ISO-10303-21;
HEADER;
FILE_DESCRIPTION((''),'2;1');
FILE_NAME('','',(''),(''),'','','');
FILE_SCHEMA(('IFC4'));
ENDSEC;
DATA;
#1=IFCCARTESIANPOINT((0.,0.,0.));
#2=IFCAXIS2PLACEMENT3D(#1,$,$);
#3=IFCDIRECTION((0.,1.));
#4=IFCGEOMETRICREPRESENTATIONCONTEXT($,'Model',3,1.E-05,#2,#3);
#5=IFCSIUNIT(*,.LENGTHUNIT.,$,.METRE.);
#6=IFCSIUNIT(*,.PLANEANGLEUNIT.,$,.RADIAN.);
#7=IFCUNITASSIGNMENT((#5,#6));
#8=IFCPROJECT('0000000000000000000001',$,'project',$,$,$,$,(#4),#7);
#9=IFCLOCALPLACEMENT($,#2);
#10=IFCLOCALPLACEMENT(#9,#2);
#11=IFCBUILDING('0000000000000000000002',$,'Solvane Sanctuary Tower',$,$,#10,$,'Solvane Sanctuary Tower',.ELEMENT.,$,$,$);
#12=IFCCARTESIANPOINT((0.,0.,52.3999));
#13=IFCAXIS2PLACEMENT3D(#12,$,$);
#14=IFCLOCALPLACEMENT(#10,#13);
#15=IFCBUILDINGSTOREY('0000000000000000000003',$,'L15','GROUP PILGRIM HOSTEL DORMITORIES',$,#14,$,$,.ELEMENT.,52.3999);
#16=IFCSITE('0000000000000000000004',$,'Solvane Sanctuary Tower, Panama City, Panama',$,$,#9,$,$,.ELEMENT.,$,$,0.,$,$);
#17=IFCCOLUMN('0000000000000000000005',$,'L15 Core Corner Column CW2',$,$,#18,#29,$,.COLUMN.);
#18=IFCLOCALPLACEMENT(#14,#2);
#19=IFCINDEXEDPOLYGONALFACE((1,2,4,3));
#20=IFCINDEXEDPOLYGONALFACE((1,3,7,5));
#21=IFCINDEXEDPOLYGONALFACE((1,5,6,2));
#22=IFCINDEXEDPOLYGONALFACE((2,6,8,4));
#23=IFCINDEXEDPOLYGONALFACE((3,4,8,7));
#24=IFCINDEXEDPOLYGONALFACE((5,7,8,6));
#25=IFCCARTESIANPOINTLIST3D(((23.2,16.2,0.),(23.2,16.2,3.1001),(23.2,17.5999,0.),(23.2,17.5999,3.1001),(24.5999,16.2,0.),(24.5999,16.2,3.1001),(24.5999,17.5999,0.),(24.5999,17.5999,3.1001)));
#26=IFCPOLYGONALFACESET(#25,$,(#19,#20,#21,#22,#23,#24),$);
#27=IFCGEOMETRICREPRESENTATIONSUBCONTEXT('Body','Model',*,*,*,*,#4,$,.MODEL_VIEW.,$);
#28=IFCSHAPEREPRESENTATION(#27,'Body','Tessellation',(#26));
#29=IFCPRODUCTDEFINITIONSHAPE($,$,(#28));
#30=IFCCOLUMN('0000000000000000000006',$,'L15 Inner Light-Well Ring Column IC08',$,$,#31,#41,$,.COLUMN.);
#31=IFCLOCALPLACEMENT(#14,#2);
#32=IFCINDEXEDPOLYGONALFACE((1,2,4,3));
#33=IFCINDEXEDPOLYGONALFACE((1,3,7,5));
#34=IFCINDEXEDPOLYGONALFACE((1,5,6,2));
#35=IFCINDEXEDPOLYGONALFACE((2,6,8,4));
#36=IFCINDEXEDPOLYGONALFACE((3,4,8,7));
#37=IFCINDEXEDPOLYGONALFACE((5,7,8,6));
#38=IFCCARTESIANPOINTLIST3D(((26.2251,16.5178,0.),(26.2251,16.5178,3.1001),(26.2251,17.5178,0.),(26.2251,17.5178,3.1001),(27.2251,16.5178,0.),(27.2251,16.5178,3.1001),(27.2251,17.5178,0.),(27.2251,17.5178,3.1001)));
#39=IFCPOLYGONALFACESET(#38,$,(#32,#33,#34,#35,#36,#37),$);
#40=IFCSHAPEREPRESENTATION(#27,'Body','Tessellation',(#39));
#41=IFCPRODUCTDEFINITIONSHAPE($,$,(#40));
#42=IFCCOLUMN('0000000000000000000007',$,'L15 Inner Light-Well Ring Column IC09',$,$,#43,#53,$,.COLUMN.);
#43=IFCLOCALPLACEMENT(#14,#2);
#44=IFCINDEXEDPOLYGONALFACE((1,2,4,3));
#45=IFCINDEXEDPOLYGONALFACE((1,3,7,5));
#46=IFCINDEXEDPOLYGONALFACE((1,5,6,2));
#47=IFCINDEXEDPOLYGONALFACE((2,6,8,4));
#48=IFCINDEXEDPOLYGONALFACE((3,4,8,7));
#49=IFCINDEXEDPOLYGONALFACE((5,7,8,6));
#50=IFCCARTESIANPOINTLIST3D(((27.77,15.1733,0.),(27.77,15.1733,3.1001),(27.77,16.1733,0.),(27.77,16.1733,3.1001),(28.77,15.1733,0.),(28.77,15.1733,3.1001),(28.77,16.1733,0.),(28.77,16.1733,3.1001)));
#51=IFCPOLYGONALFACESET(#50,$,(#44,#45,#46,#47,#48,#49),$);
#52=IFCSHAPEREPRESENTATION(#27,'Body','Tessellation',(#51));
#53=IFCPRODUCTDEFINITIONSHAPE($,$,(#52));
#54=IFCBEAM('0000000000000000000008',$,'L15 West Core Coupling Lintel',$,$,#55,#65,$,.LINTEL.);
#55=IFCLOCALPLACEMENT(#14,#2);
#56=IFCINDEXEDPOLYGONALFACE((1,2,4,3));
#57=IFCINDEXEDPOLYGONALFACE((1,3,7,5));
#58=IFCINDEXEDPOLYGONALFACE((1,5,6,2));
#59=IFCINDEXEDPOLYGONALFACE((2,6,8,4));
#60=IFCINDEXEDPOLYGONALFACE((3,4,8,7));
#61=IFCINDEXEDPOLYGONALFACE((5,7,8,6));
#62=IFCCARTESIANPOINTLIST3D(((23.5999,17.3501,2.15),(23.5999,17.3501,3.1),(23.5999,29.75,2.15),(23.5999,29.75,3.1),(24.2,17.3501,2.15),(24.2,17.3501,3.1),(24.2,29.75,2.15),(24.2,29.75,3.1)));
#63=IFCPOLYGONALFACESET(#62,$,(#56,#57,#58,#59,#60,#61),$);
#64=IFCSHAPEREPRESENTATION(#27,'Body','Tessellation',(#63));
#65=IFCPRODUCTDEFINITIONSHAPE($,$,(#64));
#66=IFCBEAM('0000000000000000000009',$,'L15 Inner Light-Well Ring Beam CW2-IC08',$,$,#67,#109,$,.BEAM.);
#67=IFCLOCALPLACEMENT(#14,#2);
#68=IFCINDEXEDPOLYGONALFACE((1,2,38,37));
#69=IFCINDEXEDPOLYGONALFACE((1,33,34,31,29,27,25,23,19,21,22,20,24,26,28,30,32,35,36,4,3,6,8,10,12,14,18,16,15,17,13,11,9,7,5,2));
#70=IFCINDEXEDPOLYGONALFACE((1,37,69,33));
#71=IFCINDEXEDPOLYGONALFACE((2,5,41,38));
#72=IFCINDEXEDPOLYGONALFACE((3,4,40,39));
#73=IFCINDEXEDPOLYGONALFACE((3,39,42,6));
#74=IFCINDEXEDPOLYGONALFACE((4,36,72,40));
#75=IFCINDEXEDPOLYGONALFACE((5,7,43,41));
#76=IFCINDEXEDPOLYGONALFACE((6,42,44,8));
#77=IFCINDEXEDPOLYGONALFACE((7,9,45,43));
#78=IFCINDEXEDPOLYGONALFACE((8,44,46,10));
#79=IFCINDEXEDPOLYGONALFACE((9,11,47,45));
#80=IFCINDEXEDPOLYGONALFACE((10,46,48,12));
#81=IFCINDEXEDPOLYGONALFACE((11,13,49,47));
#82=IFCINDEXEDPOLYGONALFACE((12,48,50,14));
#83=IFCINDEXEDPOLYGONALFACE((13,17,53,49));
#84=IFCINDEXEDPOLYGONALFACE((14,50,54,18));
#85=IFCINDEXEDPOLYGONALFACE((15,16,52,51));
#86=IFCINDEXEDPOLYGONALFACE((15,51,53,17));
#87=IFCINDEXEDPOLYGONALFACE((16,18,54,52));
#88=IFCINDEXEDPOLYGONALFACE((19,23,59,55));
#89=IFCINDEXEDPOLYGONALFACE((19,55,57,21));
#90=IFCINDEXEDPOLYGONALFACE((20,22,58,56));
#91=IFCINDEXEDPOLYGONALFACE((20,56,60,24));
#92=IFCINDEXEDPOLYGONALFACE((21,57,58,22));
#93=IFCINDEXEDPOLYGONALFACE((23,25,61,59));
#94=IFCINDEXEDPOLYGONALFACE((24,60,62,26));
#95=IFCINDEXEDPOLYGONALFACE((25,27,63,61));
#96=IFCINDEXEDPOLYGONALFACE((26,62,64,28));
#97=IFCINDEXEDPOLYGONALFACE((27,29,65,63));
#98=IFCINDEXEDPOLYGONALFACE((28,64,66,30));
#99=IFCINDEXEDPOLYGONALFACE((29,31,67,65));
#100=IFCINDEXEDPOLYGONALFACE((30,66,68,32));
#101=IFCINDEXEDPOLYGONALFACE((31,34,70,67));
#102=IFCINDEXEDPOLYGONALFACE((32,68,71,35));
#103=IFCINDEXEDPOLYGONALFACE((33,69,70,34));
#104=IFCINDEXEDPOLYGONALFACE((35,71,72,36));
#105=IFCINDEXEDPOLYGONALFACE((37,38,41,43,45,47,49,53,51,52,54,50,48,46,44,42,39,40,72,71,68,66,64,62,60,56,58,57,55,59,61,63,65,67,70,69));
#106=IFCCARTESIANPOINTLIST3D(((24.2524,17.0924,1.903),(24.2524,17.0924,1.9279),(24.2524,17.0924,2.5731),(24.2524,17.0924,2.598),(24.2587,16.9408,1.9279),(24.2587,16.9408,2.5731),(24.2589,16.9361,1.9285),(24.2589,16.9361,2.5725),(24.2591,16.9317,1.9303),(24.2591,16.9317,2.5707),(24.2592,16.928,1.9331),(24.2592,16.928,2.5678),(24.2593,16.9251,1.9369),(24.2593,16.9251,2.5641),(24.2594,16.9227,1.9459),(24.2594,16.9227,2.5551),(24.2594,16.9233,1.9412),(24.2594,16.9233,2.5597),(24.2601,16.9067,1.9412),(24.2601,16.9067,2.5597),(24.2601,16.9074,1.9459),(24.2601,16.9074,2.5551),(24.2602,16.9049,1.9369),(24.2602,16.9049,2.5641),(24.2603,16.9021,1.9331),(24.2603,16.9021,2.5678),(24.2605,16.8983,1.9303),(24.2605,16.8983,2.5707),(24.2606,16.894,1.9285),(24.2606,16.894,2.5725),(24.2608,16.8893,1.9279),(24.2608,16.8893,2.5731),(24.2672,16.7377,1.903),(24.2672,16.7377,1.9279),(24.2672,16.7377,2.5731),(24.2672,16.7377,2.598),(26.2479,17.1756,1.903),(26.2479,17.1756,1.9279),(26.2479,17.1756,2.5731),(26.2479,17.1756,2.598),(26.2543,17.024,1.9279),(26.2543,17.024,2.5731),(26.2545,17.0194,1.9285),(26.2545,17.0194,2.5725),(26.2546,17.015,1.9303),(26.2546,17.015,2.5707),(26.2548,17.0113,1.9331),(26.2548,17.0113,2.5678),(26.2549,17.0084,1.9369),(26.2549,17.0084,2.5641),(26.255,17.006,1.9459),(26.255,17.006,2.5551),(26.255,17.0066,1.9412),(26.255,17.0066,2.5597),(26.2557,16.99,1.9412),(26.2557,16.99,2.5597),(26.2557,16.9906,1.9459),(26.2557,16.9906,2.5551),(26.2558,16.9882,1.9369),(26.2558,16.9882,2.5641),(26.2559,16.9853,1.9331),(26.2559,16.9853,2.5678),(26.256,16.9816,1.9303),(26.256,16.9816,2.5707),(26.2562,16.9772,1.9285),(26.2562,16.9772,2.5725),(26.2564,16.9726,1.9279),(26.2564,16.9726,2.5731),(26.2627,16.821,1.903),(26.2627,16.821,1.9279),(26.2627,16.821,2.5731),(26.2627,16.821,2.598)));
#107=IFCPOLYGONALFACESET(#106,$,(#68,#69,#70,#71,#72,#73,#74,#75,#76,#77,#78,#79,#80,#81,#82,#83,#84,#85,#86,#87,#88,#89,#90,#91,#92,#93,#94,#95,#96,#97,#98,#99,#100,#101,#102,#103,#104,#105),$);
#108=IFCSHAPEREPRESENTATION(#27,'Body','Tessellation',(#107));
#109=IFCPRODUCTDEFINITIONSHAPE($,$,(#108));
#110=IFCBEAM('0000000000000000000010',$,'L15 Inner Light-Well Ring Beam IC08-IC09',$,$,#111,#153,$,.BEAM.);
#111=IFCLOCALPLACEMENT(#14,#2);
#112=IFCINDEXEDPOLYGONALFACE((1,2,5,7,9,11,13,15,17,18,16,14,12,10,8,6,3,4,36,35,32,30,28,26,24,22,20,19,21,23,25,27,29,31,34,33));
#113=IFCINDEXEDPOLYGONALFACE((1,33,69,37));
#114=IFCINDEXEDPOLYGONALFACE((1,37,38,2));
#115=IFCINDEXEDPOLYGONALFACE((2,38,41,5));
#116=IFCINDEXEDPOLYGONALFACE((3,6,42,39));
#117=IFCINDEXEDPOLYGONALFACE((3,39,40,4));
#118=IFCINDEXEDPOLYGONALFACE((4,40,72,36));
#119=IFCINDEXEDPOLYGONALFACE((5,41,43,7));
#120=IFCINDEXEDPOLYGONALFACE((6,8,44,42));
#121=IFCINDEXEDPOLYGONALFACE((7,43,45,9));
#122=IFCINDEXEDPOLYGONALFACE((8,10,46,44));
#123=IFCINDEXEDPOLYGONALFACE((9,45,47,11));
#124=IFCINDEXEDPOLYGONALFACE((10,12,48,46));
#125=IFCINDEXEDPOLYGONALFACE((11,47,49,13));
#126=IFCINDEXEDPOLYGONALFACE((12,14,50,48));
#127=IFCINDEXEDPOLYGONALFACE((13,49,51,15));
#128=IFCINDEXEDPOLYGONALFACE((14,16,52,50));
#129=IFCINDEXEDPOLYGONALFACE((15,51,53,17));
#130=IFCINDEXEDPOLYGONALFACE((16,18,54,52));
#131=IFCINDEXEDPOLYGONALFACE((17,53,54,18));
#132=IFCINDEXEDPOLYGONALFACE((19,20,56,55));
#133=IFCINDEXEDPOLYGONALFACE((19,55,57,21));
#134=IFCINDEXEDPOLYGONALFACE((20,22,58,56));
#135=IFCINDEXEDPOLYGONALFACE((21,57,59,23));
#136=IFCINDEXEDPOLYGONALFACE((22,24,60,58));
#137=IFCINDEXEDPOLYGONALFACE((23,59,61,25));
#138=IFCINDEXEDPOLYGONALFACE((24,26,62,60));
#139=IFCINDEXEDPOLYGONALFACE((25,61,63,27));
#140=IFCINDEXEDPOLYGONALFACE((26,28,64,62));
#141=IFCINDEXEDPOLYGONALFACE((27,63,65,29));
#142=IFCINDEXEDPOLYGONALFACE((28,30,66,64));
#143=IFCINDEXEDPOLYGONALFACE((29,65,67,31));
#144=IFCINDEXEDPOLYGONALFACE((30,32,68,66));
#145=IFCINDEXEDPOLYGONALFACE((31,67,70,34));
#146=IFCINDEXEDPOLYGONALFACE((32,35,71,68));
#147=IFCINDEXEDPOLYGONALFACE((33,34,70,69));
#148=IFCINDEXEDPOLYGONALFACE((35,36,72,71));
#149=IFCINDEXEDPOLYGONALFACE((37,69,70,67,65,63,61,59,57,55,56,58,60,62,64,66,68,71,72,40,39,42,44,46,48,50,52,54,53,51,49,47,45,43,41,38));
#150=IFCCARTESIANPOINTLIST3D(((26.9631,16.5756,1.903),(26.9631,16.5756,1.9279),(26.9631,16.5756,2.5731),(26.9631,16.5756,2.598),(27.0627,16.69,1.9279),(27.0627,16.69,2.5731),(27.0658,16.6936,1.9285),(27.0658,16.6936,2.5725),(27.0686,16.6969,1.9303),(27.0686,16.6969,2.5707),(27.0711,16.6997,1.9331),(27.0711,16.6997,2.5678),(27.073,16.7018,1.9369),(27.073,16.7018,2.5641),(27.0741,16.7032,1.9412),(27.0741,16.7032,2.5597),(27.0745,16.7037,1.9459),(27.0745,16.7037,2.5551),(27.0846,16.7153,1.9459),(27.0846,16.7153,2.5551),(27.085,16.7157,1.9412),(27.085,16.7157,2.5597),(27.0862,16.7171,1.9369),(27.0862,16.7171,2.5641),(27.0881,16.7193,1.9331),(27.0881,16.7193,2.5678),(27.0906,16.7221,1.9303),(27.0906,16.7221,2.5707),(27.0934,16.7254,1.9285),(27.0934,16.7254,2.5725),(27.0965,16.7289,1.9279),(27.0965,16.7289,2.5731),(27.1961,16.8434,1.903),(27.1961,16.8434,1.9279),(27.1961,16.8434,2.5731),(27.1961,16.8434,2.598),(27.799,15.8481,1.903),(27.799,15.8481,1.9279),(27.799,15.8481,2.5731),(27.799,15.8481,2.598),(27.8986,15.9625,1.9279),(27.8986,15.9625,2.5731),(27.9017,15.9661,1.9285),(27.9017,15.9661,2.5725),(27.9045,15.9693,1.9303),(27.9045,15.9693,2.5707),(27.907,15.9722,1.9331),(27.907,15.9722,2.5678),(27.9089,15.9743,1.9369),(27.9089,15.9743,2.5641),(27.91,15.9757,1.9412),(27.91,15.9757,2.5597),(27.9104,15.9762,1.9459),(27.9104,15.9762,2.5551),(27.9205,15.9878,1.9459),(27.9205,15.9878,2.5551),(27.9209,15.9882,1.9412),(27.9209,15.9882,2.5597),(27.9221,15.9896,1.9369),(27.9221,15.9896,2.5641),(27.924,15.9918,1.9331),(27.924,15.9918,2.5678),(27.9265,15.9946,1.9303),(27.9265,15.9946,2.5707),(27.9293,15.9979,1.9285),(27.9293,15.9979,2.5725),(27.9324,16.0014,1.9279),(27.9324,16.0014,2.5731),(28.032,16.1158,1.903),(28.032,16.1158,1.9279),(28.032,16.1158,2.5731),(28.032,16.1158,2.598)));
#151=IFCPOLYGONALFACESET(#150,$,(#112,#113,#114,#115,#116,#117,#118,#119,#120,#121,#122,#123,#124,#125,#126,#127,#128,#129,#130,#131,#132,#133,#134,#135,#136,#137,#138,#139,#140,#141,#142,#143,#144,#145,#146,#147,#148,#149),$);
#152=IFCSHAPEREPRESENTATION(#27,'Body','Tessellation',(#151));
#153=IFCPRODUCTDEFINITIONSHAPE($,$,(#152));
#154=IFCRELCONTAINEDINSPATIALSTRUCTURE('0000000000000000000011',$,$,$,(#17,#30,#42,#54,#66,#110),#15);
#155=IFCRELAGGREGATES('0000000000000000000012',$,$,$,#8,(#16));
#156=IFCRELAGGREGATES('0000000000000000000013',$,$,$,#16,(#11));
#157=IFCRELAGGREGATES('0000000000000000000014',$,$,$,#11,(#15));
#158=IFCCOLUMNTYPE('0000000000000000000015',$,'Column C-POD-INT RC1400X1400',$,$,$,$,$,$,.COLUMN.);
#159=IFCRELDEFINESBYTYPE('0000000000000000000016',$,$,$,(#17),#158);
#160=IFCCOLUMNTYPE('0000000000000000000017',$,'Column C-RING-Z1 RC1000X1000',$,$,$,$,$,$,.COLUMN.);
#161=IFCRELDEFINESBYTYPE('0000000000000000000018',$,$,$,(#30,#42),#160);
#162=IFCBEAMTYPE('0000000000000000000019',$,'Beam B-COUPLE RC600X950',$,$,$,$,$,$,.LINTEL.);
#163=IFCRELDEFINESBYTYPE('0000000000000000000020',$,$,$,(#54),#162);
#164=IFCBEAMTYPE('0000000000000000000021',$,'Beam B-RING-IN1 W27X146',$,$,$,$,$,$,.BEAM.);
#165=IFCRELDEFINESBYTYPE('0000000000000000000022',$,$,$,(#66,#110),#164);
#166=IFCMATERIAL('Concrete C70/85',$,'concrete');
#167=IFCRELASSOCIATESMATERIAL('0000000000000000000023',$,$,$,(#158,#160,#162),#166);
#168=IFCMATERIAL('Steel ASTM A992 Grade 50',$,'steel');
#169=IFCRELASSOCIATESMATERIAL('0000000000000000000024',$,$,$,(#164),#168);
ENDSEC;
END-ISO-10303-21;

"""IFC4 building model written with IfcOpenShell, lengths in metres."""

from ifc_helpers import new_model, si_unit, direction, frame, origin, origin_2d, place, context, subcontext, project, spatial, rectangle, i_section, extrude, material, material_profile, profile_set, type_object, element, save


model = new_model("IFC4")

# Units and contexts
model_context = context("Model", 3, precision=1e-05, world=origin(), true_north=direction((0.0, 1.0)))
body_context = subcontext(model_context, "Body", "Model", "MODEL_VIEW")
ifc_project = project(units=[si_unit("LENGTHUNIT", "METRE"), si_unit("PLANEANGLEUNIT", "RADIAN")], contexts=[model_context])

# Site, building, storey
site_placement = place(None, origin())
site = spatial("IfcSite", under=ifc_project, at=site_placement, Name="Solvane Sanctuary Tower, Panama City, Panama", CompositionType="ELEMENT", RefElevation=0.0)
building_placement = place(site_placement, origin())
building = spatial("IfcBuilding", under=site, at=building_placement, Name="Solvane Sanctuary Tower", LongName="Solvane Sanctuary Tower", CompositionType="ELEMENT")
storey_placement = place(building_placement, frame((0.0, 0.0, 52.3999)))
storey = spatial("IfcBuildingStorey", under=building, at=storey_placement, Name="L15", Description="GROUP PILGRIM HOSTEL DORMITORIES", CompositionType="ELEMENT", Elevation=52.3999)

# Columns
ifc_material_1 = material(Name="Concrete C70/85", Category="concrete")
ifc_material_profile_1 = material_profile(ifc_material_1, rectangle(XDim=1.3999, YDim=1.3999, at=origin_2d()), Name="RC1400X1400")
ifc_profile_set_1 = profile_set([ifc_material_profile_1], Name="Concrete C70/85")
column_type_1 = type_object("IfcColumnType", Name="Column C-POD-INT RC1400X1400", PredefinedType="COLUMN", material=ifc_profile_set_1)
column_placement = place(storey_placement, frame((23.8999, 16.8999, 0.0), z_axis=(0.0, 0.0, 1.0), x_axis=(1.0, 0.0, 0.0)))
element("IfcColumn", 1, at=column_placement, inside=storey, type_object=column_type_1, Name="L15 Core Corner Column CW2", PredefinedType="COLUMN", context=body_context, shape_type="SweptSolid", body=[
    extrude(rectangle(XDim=1.3999, YDim=1.3999, at=origin_2d()), origin(), (0.0, 0.0, 1.0), 3.1001),
])
ifc_material_profile_2 = material_profile(ifc_material_1, rectangle(XDim=1.0, YDim=1.0, at=origin_2d()), Name="RC1000X1000")
ifc_profile_set_2 = profile_set([ifc_material_profile_2], Name="Concrete C70/85")
column_type_2 = type_object("IfcColumnType", Name="Column C-RING-Z1 RC1000X1000", PredefinedType="COLUMN", material=ifc_profile_set_2)
for number, where, z_axis, x_axis, name in (
    (2, (26.7251, 17.0178, 0.0), (0.0, 0.0, 1.0), (1.0, 0.0, 0.0), "L15 Inner Light-Well Ring Column IC08"),
    (3, (28.27, 15.6733, 0.0), (0.0, 0.0, 1.0), (1.0, 0.0, 0.0), "L15 Inner Light-Well Ring Column IC09"),
):
    element("IfcColumn", number, at=place(storey_placement, frame(where, z_axis=z_axis, x_axis=x_axis)), inside=storey, type_object=column_type_2, Name=name, PredefinedType="COLUMN", context=body_context, shape_type="SweptSolid", body=[
        extrude(rectangle(XDim=1.0, YDim=1.0, at=origin_2d()), origin(), (0.0, 0.0, 1.0), 3.1001),
    ])

# Beams
ifc_material_profile_3 = material_profile(ifc_material_1, rectangle(XDim=0.6001, YDim=0.95, at=origin_2d()), Name="RC600X950")
ifc_profile_set_3 = profile_set([ifc_material_profile_3], Name="Concrete C70/85")
beam_type_1 = type_object("IfcBeamType", Name="Beam B-COUPLE RC600X950", PredefinedType="LINTEL", material=ifc_profile_set_3)
beam_1_placement = place(storey_placement, frame((23.8999, 17.3501, 2.625), z_axis=(0.0, 1.0, 0.0), x_axis=(-1.0, 0.0, 0.0)))
element("IfcBeam", 4, at=beam_1_placement, inside=storey, type_object=beam_type_1, Name="L15 West Core Coupling Lintel", PredefinedType="LINTEL", context=body_context, shape_type="SweptSolid", body=[
    extrude(rectangle(XDim=0.6001, YDim=0.95, at=origin_2d()), origin(), (0.0, 0.0, 1.0), 12.3999),
])
ifc_material_2 = material(Name="Steel ASTM A992 Grade 50", Category="steel")
ifc_material_profile_4 = material_profile(ifc_material_2, i_section(OverallWidth=0.355, OverallDepth=0.6951, WebThickness=0.0154, FlangeThickness=0.0249, FilletRadius=0.0181, at=origin_2d()), Name="W27X146")
ifc_profile_set_4 = profile_set([ifc_material_profile_4], Name="Steel ASTM A992 Grade 50")
beam_type_2 = type_object("IfcBeamType", Name="Beam B-RING-IN1 W27X146", PredefinedType="BEAM", material=ifc_profile_set_4)
beam_2_placement = place(storey_placement, frame((24.2598, 16.915, 2.2505), z_axis=(0.999131, 0.041681, 0.0), x_axis=(-0.041681, 0.999131, 0.0)))
element("IfcBeam", 5, at=beam_2_placement, inside=storey, type_object=beam_type_2, Name="L15 Inner Light-Well Ring Beam CW2-IC08", PredefinedType="BEAM", context=body_context, shape_type="SweptSolid", body=[
    extrude(i_section(OverallWidth=0.355, OverallDepth=0.6951, WebThickness=0.0154, FlangeThickness=0.0249, FilletRadius=0.0181, at=origin_2d()), origin(), (0.0, 0.0, 1.0), 1.9973),
])
beam_3_placement = place(storey_placement, frame((27.0796, 16.7095, 2.2505), z_axis=(0.754321, -0.656506, 0.0), x_axis=(0.656506, 0.754321, 0.0)))
element("IfcBeam", 6, at=beam_3_placement, inside=storey, type_object=beam_type_2, Name="L15 Inner Light-Well Ring Beam IC08-IC09", PredefinedType="BEAM", context=body_context, shape_type="SweptSolid", body=[
    extrude(i_section(OverallWidth=0.355, OverallDepth=0.6951, WebThickness=0.0154, FlangeThickness=0.0249, FilletRadius=0.0181, at=origin_2d()), origin(), (0.0, 0.0, 1.0), 1.1082),
])

save(model, "model.ifc")
